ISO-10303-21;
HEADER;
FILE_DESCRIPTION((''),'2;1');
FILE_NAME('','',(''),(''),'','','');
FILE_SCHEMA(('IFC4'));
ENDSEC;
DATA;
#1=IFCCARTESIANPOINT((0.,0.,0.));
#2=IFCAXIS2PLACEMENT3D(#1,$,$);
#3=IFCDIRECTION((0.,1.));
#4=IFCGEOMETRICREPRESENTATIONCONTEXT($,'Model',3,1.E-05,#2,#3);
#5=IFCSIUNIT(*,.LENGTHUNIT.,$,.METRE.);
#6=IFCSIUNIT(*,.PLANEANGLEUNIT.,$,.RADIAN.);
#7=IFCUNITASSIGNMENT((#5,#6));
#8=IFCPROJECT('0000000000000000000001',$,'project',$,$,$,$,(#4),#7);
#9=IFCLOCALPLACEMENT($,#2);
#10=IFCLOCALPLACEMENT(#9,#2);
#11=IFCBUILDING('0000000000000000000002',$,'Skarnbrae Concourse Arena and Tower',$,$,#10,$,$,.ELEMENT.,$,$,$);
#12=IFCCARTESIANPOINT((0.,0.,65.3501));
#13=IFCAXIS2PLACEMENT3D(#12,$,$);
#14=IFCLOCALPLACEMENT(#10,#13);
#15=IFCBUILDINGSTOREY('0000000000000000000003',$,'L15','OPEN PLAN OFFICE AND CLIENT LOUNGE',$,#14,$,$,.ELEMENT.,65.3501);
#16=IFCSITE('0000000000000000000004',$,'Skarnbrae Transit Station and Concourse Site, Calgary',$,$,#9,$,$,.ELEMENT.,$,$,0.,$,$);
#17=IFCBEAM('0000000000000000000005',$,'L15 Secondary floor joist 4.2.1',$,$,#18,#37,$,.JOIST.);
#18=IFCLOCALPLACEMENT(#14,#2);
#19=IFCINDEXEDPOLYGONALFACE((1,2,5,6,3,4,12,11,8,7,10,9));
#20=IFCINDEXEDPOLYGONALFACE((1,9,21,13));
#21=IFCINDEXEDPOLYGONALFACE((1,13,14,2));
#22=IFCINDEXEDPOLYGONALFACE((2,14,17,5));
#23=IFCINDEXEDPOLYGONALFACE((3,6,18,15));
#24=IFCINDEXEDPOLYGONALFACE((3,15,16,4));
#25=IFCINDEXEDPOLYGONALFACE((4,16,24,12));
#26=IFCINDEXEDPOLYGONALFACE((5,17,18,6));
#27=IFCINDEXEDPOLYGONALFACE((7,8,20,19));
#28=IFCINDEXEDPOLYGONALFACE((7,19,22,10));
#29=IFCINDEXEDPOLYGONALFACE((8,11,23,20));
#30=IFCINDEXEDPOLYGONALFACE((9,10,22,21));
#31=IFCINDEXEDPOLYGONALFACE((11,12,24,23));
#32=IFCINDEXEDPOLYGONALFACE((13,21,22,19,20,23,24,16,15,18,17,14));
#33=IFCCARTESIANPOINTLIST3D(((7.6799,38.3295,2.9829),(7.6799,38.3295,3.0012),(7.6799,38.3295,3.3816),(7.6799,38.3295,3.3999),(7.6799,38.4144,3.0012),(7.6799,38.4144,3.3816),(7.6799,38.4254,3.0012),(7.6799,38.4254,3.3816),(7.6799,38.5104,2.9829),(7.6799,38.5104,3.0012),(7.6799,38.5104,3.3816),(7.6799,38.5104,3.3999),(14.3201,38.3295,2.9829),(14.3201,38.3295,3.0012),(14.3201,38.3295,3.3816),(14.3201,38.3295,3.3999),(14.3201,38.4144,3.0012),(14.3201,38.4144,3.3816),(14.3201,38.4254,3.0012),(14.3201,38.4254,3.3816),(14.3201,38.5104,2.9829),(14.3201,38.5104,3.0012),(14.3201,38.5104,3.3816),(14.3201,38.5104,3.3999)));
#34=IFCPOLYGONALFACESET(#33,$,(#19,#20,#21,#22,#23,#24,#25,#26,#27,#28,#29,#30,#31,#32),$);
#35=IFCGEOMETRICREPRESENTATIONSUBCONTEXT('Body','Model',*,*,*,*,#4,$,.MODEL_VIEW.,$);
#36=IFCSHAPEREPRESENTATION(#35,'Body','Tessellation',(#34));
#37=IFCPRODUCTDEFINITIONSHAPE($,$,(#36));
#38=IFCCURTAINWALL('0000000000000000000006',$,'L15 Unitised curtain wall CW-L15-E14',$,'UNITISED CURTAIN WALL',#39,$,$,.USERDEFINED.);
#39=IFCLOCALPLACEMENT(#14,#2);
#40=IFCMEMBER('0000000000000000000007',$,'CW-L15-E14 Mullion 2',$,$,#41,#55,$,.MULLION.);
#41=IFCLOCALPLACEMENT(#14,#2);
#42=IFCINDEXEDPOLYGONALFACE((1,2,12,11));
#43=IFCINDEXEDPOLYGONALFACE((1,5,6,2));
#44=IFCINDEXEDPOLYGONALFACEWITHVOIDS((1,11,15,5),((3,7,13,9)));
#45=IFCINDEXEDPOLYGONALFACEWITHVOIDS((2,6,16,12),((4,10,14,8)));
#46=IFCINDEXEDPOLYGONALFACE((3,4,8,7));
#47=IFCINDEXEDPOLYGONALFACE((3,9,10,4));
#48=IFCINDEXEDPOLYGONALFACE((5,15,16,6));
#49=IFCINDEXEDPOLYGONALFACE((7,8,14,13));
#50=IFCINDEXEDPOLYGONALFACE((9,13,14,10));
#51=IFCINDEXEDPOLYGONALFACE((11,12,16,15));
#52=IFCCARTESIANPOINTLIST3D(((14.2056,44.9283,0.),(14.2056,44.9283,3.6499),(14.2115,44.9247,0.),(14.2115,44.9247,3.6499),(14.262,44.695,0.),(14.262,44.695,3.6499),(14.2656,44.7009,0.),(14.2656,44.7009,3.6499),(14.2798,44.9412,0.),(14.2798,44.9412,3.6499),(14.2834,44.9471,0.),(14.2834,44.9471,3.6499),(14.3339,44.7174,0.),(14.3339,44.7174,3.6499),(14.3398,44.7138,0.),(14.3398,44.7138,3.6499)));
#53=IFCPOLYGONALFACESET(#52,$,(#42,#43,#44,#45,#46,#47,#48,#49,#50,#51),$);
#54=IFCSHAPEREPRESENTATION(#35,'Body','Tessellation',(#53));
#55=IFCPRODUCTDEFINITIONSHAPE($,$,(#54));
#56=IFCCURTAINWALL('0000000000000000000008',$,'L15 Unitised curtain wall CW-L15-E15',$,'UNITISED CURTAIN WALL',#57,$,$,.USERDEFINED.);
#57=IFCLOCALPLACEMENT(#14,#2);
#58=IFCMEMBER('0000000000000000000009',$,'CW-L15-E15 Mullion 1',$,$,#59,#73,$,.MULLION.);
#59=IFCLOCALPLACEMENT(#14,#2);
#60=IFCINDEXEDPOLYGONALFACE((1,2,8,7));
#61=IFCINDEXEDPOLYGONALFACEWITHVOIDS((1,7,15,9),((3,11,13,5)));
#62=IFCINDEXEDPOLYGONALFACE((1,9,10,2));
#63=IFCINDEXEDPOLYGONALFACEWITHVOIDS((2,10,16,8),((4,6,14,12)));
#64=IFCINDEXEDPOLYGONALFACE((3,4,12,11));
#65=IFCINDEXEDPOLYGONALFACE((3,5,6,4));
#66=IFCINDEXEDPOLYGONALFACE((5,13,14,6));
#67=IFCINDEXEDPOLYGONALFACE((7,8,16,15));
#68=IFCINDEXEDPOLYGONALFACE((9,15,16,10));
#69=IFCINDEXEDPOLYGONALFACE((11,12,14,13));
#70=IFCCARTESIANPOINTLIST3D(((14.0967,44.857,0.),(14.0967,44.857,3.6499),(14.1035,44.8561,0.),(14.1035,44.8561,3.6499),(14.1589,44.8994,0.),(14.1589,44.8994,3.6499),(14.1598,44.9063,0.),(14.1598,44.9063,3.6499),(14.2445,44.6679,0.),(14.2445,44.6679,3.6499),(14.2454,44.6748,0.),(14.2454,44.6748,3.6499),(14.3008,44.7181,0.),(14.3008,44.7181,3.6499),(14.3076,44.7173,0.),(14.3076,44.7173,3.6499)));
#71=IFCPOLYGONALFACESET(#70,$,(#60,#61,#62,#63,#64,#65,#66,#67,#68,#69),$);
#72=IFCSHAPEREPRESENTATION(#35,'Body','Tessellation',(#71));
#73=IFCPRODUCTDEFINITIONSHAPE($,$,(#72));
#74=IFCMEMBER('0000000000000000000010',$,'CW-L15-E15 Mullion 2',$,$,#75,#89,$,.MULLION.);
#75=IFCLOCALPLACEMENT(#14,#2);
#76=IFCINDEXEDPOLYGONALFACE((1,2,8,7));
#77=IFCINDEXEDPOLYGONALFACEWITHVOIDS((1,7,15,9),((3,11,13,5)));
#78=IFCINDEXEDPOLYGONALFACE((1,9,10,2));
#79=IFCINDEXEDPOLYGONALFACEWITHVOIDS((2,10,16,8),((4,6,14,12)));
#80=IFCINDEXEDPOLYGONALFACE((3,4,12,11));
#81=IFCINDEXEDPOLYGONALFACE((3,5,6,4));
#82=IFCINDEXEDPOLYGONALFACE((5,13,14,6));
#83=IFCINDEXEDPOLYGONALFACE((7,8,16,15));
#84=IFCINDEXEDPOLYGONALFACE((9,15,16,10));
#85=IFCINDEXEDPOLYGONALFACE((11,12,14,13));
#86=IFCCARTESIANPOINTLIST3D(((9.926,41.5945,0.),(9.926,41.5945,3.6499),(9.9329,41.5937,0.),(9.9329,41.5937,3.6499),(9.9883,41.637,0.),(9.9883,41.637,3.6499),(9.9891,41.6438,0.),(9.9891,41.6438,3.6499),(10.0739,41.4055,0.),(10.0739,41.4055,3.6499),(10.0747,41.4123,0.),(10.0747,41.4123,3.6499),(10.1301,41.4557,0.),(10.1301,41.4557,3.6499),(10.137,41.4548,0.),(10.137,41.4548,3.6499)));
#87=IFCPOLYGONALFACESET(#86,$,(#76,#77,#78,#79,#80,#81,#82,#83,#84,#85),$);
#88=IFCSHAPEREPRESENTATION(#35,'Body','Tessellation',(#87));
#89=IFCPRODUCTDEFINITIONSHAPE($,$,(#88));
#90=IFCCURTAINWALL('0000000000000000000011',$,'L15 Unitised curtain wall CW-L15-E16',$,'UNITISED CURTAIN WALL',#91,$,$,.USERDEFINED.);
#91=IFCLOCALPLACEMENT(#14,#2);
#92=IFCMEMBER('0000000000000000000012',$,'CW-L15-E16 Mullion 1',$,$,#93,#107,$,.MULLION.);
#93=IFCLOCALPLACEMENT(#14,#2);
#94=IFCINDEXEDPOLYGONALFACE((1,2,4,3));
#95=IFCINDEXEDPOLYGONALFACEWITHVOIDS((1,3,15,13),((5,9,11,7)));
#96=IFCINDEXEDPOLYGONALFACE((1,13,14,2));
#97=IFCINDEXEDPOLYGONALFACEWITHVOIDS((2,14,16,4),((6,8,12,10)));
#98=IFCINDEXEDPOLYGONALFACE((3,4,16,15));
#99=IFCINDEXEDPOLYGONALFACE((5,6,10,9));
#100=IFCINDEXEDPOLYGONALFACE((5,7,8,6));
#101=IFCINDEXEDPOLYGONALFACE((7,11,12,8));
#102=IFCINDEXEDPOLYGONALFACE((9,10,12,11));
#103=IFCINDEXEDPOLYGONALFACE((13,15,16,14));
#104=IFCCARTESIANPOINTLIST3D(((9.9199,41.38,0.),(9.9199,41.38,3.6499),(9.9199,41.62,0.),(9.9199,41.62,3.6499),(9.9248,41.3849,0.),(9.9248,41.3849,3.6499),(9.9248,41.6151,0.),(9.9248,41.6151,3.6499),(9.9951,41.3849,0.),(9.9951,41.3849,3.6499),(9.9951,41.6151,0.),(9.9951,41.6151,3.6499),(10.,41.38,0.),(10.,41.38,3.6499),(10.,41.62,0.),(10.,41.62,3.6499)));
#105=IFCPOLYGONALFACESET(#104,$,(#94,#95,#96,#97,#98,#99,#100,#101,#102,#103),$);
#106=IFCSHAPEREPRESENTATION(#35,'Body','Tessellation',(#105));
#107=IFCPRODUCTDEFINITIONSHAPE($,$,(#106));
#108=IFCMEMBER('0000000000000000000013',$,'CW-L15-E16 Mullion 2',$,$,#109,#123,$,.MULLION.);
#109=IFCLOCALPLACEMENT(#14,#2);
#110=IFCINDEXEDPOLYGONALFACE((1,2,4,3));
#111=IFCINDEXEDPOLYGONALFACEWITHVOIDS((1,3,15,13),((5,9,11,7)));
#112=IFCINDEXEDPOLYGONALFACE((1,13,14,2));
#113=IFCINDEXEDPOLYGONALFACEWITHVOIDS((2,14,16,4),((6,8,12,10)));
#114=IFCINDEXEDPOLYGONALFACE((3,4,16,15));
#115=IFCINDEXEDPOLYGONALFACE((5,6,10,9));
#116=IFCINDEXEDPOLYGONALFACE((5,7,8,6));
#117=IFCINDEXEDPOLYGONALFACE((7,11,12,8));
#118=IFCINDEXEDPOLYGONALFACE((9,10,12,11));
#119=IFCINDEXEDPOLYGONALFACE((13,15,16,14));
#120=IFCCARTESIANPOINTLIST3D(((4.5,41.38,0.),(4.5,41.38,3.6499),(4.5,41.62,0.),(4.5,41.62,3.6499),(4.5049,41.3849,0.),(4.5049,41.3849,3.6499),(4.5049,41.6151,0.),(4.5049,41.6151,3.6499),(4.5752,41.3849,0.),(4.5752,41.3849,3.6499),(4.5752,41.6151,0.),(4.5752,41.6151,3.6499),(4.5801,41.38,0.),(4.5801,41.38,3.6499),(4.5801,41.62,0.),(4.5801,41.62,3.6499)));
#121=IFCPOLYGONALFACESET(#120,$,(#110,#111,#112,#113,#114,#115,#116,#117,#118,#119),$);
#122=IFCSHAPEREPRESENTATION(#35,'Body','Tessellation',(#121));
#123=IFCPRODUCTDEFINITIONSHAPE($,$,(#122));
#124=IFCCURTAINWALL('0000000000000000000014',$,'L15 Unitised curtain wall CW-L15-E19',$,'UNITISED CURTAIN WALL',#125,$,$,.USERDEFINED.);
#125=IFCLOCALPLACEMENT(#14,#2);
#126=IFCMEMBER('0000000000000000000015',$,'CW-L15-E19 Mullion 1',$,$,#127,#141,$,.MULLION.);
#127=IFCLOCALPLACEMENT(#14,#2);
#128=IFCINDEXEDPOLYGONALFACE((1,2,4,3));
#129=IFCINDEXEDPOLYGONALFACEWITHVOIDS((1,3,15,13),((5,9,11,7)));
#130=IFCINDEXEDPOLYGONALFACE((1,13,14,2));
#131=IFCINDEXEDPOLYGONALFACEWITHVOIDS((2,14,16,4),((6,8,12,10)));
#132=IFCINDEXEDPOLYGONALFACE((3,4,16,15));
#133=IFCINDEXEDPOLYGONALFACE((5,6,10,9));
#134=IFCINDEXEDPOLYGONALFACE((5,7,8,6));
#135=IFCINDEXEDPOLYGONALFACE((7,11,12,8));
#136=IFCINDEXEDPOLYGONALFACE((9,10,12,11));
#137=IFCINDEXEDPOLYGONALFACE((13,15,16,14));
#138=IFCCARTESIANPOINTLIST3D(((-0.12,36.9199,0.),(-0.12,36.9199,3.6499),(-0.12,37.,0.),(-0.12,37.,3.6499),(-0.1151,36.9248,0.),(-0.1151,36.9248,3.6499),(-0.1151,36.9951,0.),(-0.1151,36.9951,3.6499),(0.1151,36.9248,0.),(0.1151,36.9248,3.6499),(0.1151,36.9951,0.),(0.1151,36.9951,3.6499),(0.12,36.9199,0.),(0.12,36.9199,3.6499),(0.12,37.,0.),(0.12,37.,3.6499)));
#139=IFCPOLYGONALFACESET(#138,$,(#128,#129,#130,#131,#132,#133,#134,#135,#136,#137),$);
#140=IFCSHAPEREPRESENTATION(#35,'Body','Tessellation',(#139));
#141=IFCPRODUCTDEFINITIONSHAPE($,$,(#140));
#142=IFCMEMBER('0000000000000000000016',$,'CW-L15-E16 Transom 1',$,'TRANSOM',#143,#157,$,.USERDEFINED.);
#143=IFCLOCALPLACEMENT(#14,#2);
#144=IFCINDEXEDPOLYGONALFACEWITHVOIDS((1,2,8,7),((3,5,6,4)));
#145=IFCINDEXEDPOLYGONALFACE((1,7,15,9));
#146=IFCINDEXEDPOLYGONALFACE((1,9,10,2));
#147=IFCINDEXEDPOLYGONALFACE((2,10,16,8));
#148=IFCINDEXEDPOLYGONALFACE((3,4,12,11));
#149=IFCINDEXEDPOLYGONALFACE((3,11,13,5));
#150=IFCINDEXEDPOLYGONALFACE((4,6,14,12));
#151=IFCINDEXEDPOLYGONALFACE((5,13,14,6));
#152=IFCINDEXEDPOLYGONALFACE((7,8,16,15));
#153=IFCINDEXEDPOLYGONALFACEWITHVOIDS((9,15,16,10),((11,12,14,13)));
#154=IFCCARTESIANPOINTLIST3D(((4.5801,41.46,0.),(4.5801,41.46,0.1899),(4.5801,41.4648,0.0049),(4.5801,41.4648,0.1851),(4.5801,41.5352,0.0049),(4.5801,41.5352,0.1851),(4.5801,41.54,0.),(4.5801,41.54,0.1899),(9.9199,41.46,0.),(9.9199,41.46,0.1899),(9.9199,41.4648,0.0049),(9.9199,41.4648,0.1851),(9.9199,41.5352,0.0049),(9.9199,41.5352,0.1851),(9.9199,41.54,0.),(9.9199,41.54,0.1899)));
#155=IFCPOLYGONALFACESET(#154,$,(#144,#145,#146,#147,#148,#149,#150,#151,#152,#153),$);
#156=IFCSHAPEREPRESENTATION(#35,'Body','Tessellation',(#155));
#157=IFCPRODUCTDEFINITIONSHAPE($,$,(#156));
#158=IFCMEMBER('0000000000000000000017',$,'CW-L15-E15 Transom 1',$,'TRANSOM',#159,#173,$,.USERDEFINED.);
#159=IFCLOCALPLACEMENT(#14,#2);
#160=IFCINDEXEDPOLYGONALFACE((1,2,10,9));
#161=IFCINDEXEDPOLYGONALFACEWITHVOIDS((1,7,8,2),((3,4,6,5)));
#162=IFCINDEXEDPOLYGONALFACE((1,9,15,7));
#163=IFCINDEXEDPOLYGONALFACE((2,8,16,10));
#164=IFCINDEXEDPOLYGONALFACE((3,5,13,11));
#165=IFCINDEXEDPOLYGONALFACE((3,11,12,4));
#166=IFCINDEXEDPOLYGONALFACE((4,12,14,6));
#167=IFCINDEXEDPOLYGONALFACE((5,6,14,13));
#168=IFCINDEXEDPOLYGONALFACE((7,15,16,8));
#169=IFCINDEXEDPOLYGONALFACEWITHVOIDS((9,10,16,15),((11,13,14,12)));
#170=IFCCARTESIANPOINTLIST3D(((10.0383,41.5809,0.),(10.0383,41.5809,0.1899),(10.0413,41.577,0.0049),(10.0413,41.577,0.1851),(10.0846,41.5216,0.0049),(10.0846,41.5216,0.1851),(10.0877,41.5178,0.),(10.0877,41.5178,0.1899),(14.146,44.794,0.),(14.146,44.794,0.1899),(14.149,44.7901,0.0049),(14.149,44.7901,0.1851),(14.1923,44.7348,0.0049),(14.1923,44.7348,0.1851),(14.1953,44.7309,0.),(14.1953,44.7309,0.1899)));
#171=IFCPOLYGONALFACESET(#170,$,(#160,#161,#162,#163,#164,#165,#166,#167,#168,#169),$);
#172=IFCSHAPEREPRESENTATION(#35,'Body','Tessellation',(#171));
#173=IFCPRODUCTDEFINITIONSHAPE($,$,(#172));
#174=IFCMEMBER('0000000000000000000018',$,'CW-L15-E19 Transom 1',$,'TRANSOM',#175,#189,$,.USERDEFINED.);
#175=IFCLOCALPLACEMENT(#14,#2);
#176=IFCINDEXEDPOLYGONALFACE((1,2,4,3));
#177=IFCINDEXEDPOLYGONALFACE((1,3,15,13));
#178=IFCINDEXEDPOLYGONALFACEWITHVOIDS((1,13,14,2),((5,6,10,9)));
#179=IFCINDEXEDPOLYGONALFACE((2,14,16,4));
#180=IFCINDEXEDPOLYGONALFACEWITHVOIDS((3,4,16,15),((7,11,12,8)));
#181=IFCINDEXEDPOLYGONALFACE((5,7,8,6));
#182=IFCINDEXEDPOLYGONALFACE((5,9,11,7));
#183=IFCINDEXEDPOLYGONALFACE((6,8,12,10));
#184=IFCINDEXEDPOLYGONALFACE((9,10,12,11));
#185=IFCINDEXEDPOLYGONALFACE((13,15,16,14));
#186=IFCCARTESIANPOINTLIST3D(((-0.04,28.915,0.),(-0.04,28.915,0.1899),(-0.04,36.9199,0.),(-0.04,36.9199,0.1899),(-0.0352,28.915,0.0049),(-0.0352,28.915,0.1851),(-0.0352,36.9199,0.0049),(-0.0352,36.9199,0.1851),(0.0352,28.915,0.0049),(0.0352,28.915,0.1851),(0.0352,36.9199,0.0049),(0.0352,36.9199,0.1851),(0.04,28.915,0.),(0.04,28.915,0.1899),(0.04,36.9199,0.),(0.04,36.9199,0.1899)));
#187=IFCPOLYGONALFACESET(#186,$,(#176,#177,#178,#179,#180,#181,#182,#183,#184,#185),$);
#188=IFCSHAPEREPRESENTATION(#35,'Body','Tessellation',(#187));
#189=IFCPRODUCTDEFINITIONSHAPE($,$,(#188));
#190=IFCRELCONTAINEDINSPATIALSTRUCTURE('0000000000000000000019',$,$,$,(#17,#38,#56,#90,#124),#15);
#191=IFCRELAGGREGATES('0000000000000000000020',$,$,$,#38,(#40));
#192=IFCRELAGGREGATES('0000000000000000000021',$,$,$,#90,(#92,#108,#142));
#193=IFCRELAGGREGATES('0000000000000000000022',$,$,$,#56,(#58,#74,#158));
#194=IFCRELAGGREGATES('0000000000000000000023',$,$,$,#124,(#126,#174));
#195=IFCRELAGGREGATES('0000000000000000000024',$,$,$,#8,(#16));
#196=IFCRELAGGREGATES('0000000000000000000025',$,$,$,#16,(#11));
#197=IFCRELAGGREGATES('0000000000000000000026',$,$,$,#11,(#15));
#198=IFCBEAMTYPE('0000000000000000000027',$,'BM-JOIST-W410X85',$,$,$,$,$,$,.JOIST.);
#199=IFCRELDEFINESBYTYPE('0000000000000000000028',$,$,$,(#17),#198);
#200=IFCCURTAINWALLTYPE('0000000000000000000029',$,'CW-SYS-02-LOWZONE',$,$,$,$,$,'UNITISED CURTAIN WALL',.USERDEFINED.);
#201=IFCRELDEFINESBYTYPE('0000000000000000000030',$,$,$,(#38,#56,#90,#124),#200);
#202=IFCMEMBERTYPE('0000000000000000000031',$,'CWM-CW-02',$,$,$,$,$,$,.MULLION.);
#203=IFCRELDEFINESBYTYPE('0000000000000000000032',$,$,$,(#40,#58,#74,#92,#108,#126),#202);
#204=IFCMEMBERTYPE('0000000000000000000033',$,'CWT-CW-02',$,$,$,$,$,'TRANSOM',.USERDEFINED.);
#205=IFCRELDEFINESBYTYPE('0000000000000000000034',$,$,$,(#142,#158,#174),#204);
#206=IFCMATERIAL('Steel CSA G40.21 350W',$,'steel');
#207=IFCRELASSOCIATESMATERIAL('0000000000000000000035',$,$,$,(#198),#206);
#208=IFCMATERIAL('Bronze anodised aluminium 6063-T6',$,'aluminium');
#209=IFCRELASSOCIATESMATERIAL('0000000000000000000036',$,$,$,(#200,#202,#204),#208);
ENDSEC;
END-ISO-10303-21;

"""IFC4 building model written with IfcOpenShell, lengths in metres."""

from ifc_helpers import new_model, si_unit, direction, frame, origin, origin_2d, place, context, subcontext, project, spatial, hollow_rectangle, i_section, extrude, source, transform, mapped, material, material_profile, profile_set, type_object, element, aggregate, save


model = new_model("IFC4")

# Units and contexts
model_context = context("Model", 3, precision=1e-05, world=origin(), true_north=direction((0.0, 1.0)))
body_context = subcontext(model_context, "Body", "Model", "MODEL_VIEW")
ifc_project = project(units=[si_unit("LENGTHUNIT", "METRE"), si_unit("PLANEANGLEUNIT", "RADIAN")], contexts=[model_context])

# Site, building, storey
site_placement = place(None, origin())
site = spatial("IfcSite", under=ifc_project, at=site_placement, Name="Skarnbrae Transit Station and Concourse Site, Calgary", CompositionType="ELEMENT", RefElevation=0.0)
building_placement = place(site_placement, origin())
building = spatial("IfcBuilding", under=site, at=building_placement, Name="Skarnbrae Concourse Arena and Tower", CompositionType="ELEMENT")
storey_placement = place(building_placement, frame((0.0, 0.0, 65.3501)))
storey = spatial("IfcBuildingStorey", under=building, at=storey_placement, Name="L15", Description="OPEN PLAN OFFICE AND CLIENT LOUNGE", CompositionType="ELEMENT", Elevation=65.3501)

# Shared definitions
ifc_material_1 = material(Name="Steel CSA G40.21 350W", Category="steel")

# Beam
ifc_material_profile_1 = material_profile(ifc_material_1, i_section(OverallWidth=0.1809, OverallDepth=0.417, WebThickness=0.011, FlangeThickness=0.0183, at=origin_2d()), Name="W410X85")
ifc_profile_set_1 = profile_set([ifc_material_profile_1], Name="Steel CSA G40.21 350W")
beam_type_1 = type_object("IfcBeamType", Name="BM-JOIST-W410X85", PredefinedType="JOIST", material=ifc_profile_set_1)
shared_shape_1 = source(origin(), body_context, "Body", "SweptSolid", [
    extrude(i_section(OverallWidth=0.1809, OverallDepth=0.417, WebThickness=0.011, FlangeThickness=0.0183, at=origin_2d()), origin(), (0.0, 0.0, 1.0), 6.6401),
])
for number, where, z_axis, x_axis, name in (
    (1, (7.6799, 38.4199, 3.1914), (1.0, 0.0, 0.0), (0.0, 1.0, 0.0), "L15 Secondary floor joist 4.2.1"),
):
    element("IfcBeam", number, at=place(storey_placement, frame(where, z_axis=z_axis, x_axis=x_axis)), inside=storey, type_object=beam_type_1, Name=name, PredefinedType="JOIST", context=body_context, shape_type="MappedRepresentation", body=[
        mapped(shared_shape_1, transform((0.0, 0.0, 0.0))),
    ])

# Curtain wall, member
ifc_material_2 = material(Name="Bronze anodised aluminium 6063-T6", Category="aluminium")
curtain_wall_type = type_object("IfcCurtainWallType", Name="CW-SYS-02-LOWZONE", ElementType="UNITISED CURTAIN WALL", PredefinedType="USERDEFINED", material=ifc_material_2)
curtain_wall_1_placement = place(storey_placement, origin())
curtain_wall_1 = element("IfcCurtainWall", 2, at=curtain_wall_1_placement, inside=storey, type_object=curtain_wall_type, Name="L15 Unitised curtain wall CW-L15-E14", ObjectType="UNITISED CURTAIN WALL", PredefinedType="USERDEFINED")
ifc_material_profile_2 = material_profile(ifc_material_2, hollow_rectangle(XDim=0.0801, YDim=0.24, WallThickness=0.0049, at=origin_2d()), Name="ALU-MULL-80X240")
ifc_profile_set_2 = profile_set([ifc_material_profile_2], Name="Bronze anodised aluminium 6063-T6")
member_type_1 = type_object("IfcMemberType", Name="CWM-CW-02", PredefinedType="MULLION", material=ifc_profile_set_2)
shared_shape_2 = source(origin(), body_context, "Body", "SweptSolid", [
    extrude(hollow_rectangle(XDim=0.0801, YDim=0.24, WallThickness=0.0049, at=origin_2d()), origin(), (0.0, 0.0, 1.0), 3.6499),
])
member_1_placement = place(storey_placement, frame((14.2727, 44.821, 0.0), z_axis=(0.0, 0.0, 1.0), x_axis=(-0.971974, -0.23509, 0.0)))
member_1 = element("IfcMember", 3, at=member_1_placement, type_object=member_type_1, Name="CW-L15-E14 Mullion 2", PredefinedType="MULLION", context=body_context, shape_type="MappedRepresentation", body=[
    mapped(shared_shape_2, transform((0.0, 0.0, 0.0))),
])
aggregate(curtain_wall_1, [member_1])

# Curtain walls, members
curtain_wall_2_placement = place(storey_placement, origin())
curtain_wall_2 = element("IfcCurtainWall", 4, at=curtain_wall_2_placement, inside=storey, type_object=curtain_wall_type, Name="L15 Unitised curtain wall CW-L15-E15", ObjectType="UNITISED CURTAIN WALL", PredefinedType="USERDEFINED")
member_2_placement = place(storey_placement, frame((14.2021, 44.7871, 0.0), z_axis=(0.0, 0.0, 1.0), x_axis=(-0.787652, -0.616121, 0.0)))
member_2 = element("IfcMember", 5, at=member_2_placement, type_object=member_type_1, Name="CW-L15-E15 Mullion 1", PredefinedType="MULLION", context=body_context, shape_type="MappedRepresentation", body=[
    mapped(shared_shape_2, transform((0.0, 0.0, 0.0))),
])
member_3_placement = place(storey_placement, frame((10.0315, 41.5247, 0.0), z_axis=(0.0, 0.0, 1.0), x_axis=(-0.787652, -0.616121, 0.0)))
member_3 = element("IfcMember", 6, at=member_3_placement, type_object=member_type_1, Name="CW-L15-E15 Mullion 2", PredefinedType="MULLION", context=body_context, shape_type="MappedRepresentation", body=[
    mapped(shared_shape_2, transform((0.0, 0.0, 0.0))),
])
curtain_wall_3_placement = place(storey_placement, origin())
curtain_wall_3 = element("IfcCurtainWall", 7, at=curtain_wall_3_placement, inside=storey, type_object=curtain_wall_type, Name="L15 Unitised curtain wall CW-L15-E16", ObjectType="UNITISED CURTAIN WALL", PredefinedType="USERDEFINED")
member_4_placement = place(storey_placement, frame((9.96, 41.5, 0.0), z_axis=(0.0, 0.0, 1.0), x_axis=(-1.0, 0.0, 0.0)))
member_4 = element("IfcMember", 8, at=member_4_placement, type_object=member_type_1, Name="CW-L15-E16 Mullion 1", PredefinedType="MULLION", context=body_context, shape_type="MappedRepresentation", body=[
    mapped(shared_shape_2, transform((0.0, 0.0, 0.0))),
])
member_5_placement = place(storey_placement, frame((4.54, 41.5, 0.0), z_axis=(0.0, 0.0, 1.0), x_axis=(-1.0, 0.0, 0.0)))
member_5 = element("IfcMember", 9, at=member_5_placement, type_object=member_type_1, Name="CW-L15-E16 Mullion 2", PredefinedType="MULLION", context=body_context, shape_type="MappedRepresentation", body=[
    mapped(shared_shape_2, transform((0.0, 0.0, 0.0))),
])

# Curtain wall, member
curtain_wall_4_placement = place(storey_placement, origin())
curtain_wall_4 = element("IfcCurtainWall", 10, at=curtain_wall_4_placement, inside=storey, type_object=curtain_wall_type, Name="L15 Unitised curtain wall CW-L15-E19", ObjectType="UNITISED CURTAIN WALL", PredefinedType="USERDEFINED")
member_6_placement = place(storey_placement, frame((0.0, 36.96, 0.0), z_axis=(0.0, 0.0, 1.0), x_axis=(0.0, -1.0, 0.0)))
member_6 = element("IfcMember", 11, at=member_6_placement, type_object=member_type_1, Name="CW-L15-E19 Mullion 1", PredefinedType="MULLION", context=body_context, shape_type="MappedRepresentation", body=[
    mapped(shared_shape_2, transform((0.0, 0.0, 0.0))),
])

# Members
ifc_material_profile_3 = material_profile(ifc_material_2, hollow_rectangle(XDim=0.0801, YDim=0.1899, WallThickness=0.0049, at=origin_2d()), Name="ALU-TRAN-80X190")
ifc_profile_set_3 = profile_set([ifc_material_profile_3], Name="Bronze anodised aluminium 6063-T6")
member_type_2 = type_object("IfcMemberType", Name="CWT-CW-02", ElementType="TRANSOM", PredefinedType="USERDEFINED", material=ifc_profile_set_3)
shared_shape_3 = source(origin(), body_context, "Body", "SweptSolid", [
    extrude(hollow_rectangle(XDim=0.0801, YDim=0.1899, WallThickness=0.0049, at=origin_2d()), origin(), (0.0, 0.0, 1.0), 5.3398),
])
member_7_placement = place(storey_placement, frame((9.9199, 41.5, 0.095), z_axis=(-1.0, 0.0, 0.0), x_axis=(0.0, -1.0, 0.0)))
member_7 = element("IfcMember", 12, at=member_7_placement, type_object=member_type_2, Name="CW-L15-E16 Transom 1", ObjectType="TRANSOM", PredefinedType="USERDEFINED", context=body_context, shape_type="MappedRepresentation", body=[
    mapped(shared_shape_3, transform((0.0, 0.0, 0.0))),
])
shared_shape_4 = source(origin(), body_context, "Body", "SweptSolid", [
    extrude(hollow_rectangle(XDim=0.0801, YDim=0.1899, WallThickness=0.0049, at=origin_2d()), origin(), (0.0, 0.0, 1.0), 5.2151),
])
member_8_placement = place(storey_placement, frame((14.1707, 44.7625, 0.095), z_axis=(-0.78765, -0.616123, 0.0), x_axis=(0.616123, -0.78765, 0.0)))
member_8 = element("IfcMember", 13, at=member_8_placement, type_object=member_type_2, Name="CW-L15-E15 Transom 1", ObjectType="TRANSOM", PredefinedType="USERDEFINED", context=body_context, shape_type="MappedRepresentation", body=[
    mapped(shared_shape_4, transform((0.0, 0.0, 0.0))),
])
shared_shape_5 = source(origin(), body_context, "Body", "SweptSolid", [
    extrude(hollow_rectangle(XDim=0.0801, YDim=0.1899, WallThickness=0.0049, at=origin_2d()), origin(), (0.0, 0.0, 1.0), 8.0049),
])
member_9_placement = place(storey_placement, frame((0.0, 36.9199, 0.095), z_axis=(0.0, -1.0, 0.0), x_axis=(1.0, 0.0, 0.0)))
member_9 = element("IfcMember", 14, at=member_9_placement, type_object=member_type_2, Name="CW-L15-E19 Transom 1", ObjectType="TRANSOM", PredefinedType="USERDEFINED", context=body_context, shape_type="MappedRepresentation", body=[
    mapped(shared_shape_5, transform((0.0, 0.0, 0.0))),
])

aggregate(curtain_wall_3, [member_4, member_5, member_7])
aggregate(curtain_wall_2, [member_2, member_3, member_8])
aggregate(curtain_wall_4, [member_6, member_9])

save(model, "model.ifc")
